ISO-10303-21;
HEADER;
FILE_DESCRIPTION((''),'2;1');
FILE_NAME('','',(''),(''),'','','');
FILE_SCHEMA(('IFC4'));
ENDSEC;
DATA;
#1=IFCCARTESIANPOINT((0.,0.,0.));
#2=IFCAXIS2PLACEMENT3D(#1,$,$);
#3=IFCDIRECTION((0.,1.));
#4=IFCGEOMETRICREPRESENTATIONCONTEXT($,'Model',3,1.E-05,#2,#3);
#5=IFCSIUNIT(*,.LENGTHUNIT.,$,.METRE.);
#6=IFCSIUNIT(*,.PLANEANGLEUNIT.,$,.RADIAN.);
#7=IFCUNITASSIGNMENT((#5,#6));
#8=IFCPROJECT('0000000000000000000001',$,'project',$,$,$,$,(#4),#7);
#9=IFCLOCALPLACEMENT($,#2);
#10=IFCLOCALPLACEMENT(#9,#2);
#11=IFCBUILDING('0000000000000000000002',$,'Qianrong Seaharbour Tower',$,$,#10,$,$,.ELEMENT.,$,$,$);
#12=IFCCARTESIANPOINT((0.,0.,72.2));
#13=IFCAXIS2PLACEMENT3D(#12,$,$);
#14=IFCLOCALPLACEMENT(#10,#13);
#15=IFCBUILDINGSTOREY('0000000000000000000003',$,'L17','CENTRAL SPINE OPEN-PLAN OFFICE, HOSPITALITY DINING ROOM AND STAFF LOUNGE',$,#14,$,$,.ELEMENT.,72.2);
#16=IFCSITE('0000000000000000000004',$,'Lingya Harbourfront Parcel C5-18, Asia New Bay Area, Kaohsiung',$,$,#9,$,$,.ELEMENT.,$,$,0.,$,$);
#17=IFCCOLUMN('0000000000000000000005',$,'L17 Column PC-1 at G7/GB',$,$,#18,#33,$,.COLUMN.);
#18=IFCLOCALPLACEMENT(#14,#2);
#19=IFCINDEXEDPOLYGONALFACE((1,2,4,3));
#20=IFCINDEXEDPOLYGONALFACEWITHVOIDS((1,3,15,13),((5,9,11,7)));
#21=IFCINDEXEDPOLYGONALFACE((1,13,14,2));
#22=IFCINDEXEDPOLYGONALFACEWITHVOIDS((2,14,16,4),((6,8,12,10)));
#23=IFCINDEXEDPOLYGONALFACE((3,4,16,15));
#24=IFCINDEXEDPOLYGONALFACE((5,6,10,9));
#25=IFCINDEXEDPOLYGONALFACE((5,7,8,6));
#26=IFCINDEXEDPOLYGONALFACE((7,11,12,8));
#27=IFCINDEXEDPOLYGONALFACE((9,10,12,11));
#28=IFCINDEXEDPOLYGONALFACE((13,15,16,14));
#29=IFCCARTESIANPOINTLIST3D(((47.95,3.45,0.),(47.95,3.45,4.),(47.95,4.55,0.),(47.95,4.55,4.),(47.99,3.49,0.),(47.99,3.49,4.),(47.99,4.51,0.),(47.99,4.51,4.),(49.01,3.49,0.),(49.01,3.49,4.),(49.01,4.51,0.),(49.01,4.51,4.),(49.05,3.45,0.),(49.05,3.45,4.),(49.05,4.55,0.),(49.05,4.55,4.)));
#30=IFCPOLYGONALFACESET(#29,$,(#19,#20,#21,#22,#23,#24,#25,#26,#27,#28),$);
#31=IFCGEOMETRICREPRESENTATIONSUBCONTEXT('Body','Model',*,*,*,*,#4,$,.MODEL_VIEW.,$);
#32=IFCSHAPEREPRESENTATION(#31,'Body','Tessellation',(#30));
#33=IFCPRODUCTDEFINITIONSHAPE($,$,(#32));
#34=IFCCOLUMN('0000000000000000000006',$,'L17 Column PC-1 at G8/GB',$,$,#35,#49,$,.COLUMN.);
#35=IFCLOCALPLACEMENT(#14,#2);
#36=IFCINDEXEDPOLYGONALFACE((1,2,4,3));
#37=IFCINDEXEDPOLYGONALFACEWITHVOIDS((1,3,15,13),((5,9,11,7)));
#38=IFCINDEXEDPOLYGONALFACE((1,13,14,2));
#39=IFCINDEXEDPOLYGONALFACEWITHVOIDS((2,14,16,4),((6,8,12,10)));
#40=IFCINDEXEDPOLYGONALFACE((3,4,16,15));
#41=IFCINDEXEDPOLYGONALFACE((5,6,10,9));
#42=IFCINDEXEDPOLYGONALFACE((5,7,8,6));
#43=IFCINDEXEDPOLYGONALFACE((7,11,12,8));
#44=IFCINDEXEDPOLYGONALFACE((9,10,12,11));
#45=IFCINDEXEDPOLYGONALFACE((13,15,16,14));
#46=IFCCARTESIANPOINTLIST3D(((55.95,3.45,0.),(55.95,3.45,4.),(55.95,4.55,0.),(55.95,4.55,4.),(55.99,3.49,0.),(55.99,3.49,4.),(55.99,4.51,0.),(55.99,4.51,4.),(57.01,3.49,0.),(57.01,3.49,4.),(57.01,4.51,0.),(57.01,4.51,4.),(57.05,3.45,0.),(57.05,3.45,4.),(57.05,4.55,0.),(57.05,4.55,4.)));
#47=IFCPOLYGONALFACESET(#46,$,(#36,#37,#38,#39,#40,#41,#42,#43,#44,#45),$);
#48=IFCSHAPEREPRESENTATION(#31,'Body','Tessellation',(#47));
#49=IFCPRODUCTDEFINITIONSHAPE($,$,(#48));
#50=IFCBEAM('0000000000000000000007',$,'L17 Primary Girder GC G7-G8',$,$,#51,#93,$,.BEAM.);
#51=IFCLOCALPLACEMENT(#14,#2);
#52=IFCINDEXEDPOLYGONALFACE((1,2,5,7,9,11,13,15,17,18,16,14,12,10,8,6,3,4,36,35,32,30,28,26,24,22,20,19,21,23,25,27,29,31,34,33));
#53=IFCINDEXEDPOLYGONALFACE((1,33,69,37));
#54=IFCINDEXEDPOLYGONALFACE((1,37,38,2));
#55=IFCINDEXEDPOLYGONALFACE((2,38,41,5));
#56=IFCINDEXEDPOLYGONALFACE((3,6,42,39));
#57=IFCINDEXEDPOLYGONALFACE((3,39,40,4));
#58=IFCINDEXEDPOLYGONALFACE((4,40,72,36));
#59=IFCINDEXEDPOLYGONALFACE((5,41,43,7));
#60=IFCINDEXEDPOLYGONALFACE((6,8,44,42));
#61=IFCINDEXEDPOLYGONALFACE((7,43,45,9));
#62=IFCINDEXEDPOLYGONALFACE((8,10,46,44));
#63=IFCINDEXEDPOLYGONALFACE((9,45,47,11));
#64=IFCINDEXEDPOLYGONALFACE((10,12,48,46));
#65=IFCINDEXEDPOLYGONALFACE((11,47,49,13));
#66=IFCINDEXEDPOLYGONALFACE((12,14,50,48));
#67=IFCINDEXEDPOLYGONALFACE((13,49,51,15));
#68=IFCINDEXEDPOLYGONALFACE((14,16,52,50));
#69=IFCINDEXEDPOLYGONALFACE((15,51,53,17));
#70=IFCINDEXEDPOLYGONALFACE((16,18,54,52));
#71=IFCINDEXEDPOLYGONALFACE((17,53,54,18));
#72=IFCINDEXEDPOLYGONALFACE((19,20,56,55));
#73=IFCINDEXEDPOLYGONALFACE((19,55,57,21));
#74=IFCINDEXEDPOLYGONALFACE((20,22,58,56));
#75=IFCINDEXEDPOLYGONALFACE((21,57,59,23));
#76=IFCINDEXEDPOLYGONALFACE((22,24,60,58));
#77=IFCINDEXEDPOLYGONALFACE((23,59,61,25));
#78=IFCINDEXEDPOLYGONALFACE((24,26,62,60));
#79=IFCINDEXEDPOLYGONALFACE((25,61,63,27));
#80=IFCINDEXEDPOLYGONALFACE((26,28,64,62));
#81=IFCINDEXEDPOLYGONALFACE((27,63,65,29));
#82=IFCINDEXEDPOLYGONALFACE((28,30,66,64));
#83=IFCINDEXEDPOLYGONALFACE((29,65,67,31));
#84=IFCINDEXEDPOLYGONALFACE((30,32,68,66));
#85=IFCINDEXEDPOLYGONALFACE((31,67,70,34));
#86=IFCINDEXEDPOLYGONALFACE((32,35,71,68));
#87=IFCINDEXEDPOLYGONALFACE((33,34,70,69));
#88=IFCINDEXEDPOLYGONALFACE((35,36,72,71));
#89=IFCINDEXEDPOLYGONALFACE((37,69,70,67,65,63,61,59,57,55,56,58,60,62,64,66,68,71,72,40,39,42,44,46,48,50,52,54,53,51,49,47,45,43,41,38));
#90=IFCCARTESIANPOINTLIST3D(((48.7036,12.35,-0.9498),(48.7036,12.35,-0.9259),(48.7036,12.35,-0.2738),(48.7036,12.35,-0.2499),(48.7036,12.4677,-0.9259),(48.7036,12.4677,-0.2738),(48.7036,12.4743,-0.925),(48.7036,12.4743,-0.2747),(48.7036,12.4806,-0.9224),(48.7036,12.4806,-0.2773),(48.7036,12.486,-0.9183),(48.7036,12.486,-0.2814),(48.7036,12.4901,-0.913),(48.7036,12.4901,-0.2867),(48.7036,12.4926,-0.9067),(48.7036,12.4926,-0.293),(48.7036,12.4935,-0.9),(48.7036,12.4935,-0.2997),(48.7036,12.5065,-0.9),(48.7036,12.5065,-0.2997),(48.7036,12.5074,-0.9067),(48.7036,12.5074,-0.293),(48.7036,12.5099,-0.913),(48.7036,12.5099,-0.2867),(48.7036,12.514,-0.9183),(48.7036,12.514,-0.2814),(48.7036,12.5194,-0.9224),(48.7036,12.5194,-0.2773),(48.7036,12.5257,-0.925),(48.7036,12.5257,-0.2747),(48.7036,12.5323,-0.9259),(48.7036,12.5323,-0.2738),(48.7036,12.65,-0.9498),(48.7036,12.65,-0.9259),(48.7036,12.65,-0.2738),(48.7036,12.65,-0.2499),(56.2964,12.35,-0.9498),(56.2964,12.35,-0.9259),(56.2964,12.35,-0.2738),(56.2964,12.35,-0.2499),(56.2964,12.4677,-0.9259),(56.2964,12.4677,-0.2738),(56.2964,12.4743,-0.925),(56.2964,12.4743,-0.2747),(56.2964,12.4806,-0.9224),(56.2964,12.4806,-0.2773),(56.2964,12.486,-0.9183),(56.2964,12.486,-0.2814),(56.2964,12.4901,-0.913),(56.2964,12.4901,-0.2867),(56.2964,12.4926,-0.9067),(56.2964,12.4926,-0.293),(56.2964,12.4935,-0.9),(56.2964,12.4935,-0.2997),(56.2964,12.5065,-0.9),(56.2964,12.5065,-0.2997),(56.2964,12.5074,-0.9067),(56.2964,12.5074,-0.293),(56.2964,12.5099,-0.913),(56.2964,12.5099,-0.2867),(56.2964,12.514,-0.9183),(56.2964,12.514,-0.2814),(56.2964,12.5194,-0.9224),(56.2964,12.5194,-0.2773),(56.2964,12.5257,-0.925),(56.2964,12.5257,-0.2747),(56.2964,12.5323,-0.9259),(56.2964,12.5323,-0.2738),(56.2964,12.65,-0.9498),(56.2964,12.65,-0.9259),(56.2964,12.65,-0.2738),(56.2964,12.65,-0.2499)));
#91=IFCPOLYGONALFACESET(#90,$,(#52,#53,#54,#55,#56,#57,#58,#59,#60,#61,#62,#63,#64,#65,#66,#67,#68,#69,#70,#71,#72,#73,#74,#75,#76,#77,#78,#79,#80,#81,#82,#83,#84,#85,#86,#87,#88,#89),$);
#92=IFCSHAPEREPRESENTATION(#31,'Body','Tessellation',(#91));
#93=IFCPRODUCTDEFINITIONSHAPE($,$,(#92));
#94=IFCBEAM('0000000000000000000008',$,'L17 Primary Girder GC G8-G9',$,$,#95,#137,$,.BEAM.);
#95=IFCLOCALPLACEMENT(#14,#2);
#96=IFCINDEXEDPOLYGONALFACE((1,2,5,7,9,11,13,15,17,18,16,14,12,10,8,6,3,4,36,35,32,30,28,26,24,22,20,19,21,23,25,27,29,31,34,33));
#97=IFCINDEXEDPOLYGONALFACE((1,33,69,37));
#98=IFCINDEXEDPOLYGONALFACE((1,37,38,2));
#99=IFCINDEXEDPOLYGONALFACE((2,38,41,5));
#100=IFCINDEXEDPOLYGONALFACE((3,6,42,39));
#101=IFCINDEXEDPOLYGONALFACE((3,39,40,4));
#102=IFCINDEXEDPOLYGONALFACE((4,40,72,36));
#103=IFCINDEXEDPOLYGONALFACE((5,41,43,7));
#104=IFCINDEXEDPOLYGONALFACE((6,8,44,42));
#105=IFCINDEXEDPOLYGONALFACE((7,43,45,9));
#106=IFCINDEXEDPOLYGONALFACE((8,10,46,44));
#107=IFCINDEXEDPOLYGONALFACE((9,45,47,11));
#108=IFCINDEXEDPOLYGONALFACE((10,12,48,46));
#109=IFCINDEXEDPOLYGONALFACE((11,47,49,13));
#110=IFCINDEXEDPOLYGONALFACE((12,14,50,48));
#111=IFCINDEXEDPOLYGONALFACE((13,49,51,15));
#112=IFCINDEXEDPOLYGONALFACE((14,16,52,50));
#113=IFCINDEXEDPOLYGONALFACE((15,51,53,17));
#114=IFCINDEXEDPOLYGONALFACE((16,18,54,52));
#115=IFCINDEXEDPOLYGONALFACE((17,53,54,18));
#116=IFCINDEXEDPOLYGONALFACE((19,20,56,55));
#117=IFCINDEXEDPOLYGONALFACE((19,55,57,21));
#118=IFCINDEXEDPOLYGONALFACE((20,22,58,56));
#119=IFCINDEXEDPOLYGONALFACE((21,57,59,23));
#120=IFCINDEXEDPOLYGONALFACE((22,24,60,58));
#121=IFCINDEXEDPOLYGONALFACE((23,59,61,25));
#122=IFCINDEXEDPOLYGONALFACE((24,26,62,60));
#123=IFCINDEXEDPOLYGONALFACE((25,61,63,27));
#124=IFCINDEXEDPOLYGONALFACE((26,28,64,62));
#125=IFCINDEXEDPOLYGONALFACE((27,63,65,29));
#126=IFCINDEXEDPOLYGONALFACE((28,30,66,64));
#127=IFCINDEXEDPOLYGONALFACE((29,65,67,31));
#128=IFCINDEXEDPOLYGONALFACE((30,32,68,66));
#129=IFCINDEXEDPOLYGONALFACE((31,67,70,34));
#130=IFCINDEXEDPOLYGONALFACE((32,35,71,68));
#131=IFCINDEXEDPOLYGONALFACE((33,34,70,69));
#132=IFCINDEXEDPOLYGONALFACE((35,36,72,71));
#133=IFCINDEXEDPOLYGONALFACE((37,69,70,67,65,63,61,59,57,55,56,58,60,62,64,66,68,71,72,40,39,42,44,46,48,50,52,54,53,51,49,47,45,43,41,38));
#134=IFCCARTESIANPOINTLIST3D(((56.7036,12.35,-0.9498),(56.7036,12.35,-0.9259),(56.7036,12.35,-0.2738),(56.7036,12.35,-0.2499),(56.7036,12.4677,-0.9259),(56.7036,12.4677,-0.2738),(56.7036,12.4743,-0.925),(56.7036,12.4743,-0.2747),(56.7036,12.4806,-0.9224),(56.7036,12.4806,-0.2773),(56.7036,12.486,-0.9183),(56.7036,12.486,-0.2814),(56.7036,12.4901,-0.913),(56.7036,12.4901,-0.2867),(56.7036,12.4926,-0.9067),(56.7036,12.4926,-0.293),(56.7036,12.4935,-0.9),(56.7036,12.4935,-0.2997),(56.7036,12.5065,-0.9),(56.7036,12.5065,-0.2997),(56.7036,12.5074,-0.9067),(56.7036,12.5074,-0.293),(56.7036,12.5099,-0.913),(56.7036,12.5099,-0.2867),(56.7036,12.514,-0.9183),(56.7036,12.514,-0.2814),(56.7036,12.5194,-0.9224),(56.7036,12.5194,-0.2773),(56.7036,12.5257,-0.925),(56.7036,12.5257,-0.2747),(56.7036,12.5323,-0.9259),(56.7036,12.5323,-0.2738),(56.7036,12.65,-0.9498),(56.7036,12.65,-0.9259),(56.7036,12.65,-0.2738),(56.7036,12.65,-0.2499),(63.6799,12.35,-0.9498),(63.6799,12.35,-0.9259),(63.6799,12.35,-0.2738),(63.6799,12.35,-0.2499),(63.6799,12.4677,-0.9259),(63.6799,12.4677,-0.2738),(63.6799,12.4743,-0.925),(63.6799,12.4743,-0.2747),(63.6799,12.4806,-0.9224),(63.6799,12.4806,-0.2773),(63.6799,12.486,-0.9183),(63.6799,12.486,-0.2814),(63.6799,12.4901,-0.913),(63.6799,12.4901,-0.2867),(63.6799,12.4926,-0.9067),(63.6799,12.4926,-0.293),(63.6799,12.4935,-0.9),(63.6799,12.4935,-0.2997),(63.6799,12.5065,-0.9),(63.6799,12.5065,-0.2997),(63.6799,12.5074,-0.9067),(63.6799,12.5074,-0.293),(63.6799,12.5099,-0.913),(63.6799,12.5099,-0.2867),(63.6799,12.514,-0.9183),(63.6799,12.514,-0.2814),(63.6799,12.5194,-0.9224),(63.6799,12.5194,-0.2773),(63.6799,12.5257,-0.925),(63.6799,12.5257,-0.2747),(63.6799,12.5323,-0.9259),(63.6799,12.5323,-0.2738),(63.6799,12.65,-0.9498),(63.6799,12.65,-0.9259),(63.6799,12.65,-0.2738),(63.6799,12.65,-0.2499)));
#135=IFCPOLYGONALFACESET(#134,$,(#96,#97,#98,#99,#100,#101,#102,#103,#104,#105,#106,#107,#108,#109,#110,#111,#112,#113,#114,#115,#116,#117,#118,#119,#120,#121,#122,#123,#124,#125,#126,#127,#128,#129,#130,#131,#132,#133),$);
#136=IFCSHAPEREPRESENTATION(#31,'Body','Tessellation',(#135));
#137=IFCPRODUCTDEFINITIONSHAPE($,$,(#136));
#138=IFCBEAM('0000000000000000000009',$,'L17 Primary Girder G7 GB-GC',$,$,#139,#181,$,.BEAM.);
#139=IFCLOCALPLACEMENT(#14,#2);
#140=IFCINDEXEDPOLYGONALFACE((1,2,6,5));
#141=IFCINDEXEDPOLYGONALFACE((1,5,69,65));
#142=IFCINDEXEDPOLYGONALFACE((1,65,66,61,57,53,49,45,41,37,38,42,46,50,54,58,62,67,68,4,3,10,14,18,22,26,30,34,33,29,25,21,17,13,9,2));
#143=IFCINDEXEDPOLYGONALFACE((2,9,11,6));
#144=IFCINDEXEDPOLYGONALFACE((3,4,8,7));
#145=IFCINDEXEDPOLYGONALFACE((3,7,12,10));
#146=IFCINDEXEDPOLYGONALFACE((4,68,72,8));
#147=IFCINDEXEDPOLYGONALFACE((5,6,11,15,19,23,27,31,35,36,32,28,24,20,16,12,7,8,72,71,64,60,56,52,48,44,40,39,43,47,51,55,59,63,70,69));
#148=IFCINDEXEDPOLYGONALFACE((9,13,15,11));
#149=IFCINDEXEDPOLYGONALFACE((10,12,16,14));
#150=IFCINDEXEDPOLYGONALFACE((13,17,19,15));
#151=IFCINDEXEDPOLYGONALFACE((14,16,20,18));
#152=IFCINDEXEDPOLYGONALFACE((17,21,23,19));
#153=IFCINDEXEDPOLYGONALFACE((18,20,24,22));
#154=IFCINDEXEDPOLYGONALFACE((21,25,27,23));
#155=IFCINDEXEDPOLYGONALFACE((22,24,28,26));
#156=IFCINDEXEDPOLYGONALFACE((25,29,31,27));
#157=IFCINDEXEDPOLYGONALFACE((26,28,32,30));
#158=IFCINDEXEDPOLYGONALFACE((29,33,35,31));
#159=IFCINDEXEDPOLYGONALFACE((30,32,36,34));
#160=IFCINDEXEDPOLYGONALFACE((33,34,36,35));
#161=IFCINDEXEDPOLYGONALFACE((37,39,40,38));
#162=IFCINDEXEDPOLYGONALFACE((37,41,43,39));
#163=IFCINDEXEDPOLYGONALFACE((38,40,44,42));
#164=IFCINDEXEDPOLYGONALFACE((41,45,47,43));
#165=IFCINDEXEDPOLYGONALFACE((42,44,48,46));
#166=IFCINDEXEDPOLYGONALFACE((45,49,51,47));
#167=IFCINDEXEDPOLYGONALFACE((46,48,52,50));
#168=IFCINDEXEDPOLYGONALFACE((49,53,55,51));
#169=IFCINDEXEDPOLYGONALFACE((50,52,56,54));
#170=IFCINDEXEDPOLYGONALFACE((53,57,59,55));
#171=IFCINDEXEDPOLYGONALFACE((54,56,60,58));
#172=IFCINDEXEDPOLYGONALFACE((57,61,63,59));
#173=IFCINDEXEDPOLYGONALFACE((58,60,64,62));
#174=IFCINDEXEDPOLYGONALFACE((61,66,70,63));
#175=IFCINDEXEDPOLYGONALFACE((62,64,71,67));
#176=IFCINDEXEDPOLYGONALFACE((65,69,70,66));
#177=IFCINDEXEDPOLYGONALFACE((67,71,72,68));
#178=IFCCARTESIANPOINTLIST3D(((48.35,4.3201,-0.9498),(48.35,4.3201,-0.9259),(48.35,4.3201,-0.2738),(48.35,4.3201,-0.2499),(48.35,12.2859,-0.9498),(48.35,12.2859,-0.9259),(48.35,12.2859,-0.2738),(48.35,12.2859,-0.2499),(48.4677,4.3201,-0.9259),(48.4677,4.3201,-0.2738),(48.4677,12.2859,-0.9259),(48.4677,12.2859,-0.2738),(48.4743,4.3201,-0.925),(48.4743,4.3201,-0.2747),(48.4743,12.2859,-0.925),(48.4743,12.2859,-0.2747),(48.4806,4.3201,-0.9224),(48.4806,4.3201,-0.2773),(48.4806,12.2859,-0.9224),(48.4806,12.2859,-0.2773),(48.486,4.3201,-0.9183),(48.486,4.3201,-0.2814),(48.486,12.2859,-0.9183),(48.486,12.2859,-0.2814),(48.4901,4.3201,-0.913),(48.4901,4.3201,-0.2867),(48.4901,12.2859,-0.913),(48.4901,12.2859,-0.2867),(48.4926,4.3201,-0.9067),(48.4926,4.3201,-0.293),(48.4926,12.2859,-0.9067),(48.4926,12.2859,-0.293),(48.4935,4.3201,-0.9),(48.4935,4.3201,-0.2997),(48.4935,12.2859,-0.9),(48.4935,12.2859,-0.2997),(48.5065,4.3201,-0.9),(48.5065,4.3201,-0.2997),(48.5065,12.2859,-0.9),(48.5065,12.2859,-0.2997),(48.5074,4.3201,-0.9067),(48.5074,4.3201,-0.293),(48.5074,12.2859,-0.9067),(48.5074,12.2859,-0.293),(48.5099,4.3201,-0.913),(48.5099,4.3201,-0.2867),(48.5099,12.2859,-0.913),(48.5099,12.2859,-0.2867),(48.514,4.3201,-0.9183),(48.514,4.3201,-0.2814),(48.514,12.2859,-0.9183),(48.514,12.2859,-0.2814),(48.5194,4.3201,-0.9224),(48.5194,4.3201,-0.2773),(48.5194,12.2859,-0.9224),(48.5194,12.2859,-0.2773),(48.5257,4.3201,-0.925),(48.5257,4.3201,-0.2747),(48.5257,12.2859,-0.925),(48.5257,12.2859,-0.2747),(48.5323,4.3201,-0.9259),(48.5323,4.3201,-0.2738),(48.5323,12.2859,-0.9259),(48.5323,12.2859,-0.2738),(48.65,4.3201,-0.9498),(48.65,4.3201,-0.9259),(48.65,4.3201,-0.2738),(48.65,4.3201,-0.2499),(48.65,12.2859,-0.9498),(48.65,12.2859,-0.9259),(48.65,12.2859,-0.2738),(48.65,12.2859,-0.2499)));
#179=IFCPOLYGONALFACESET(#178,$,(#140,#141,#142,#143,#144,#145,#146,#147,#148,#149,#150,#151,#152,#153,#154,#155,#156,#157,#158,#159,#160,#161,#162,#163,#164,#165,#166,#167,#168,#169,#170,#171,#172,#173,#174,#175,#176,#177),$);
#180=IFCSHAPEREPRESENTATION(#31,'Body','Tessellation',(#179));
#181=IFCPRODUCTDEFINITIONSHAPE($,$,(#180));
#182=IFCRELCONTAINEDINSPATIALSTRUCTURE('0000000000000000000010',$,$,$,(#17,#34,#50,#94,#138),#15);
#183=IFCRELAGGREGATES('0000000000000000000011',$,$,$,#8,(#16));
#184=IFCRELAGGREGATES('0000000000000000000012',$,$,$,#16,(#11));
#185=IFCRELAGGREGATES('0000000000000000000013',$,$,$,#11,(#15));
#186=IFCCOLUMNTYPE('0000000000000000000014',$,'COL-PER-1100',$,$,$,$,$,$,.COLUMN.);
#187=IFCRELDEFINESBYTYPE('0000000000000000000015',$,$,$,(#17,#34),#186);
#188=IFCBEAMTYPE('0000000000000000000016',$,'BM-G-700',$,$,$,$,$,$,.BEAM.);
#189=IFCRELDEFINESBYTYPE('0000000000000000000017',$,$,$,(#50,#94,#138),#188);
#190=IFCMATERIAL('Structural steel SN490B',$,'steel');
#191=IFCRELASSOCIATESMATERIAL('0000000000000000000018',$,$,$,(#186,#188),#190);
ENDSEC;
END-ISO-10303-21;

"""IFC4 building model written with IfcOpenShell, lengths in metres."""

from ifc_helpers import new_model, si_unit, direction, frame, origin, origin_2d, place, context, subcontext, project, spatial, hollow_rectangle, i_section, extrude, material, material_profile, profile_set, type_object, element, save


model = new_model("IFC4")

# Units and contexts
model_context = context("Model", 3, precision=1e-05, world=origin(), true_north=direction((0.0, 1.0)))
body_context = subcontext(model_context, "Body", "Model", "MODEL_VIEW")
ifc_project = project(units=[si_unit("LENGTHUNIT", "METRE"), si_unit("PLANEANGLEUNIT", "RADIAN")], contexts=[model_context])

# Site, building, storey
site_placement = place(None, origin())
site = spatial("IfcSite", under=ifc_project, at=site_placement, Name="Lingya Harbourfront Parcel C5-18, Asia New Bay Area, Kaohsiung", CompositionType="ELEMENT", RefElevation=0.0)
building_placement = place(site_placement, origin())
building = spatial("IfcBuilding", under=site, at=building_placement, Name="Qianrong Seaharbour Tower", CompositionType="ELEMENT")
storey_placement = place(building_placement, frame((0.0, 0.0, 72.2)))
storey = spatial("IfcBuildingStorey", under=building, at=storey_placement, Name="L17", Description="CENTRAL SPINE OPEN-PLAN OFFICE, HOSPITALITY DINING ROOM AND STAFF LOUNGE", CompositionType="ELEMENT", Elevation=72.2)

# Columns
ifc_material_1 = material(Name="Structural steel SN490B", Category="steel")
ifc_material_profile_1 = material_profile(ifc_material_1, hollow_rectangle(XDim=1.1001, YDim=1.1001, WallThickness=0.04, at=origin_2d()), Name="BOX1100x1100x40")
ifc_profile_set_1 = profile_set([ifc_material_profile_1], Name="Structural steel SN490B")
column_type_1 = type_object("IfcColumnType", Name="COL-PER-1100", PredefinedType="COLUMN", material=ifc_profile_set_1)
for number, where, z_axis, x_axis, name in (
    (1, (48.5, 4.0, 0.0), (0.0, 0.0, 1.0), (1.0, 0.0, 0.0), "L17 Column PC-1 at G7/GB"),
    (2, (56.5, 4.0, 0.0), (0.0, 0.0, 1.0), (1.0, 0.0, 0.0), "L17 Column PC-1 at G8/GB"),
):
    element("IfcColumn", number, at=place(storey_placement, frame(where, z_axis=z_axis, x_axis=x_axis)), inside=storey, type_object=column_type_1, Name=name, PredefinedType="COLUMN", context=body_context, shape_type="SweptSolid", body=[
        extrude(hollow_rectangle(XDim=1.1001, YDim=1.1001, WallThickness=0.04, at=origin_2d()), origin(), (0.0, 0.0, 1.0), 4.0),
    ])

# Beams
ifc_material_profile_2 = material_profile(ifc_material_1, i_section(OverallWidth=0.3, OverallDepth=0.7, WebThickness=0.0129, FlangeThickness=0.0239, FilletRadius=0.0259, at=origin_2d()), Name="H700x300x13x24")
ifc_profile_set_2 = profile_set([ifc_material_profile_2], Name="Structural steel SN490B")
beam_type_1 = type_object("IfcBeamType", Name="BM-G-700", PredefinedType="BEAM", material=ifc_profile_set_2)
beam_1_placement = place(storey_placement, frame((48.7036, 12.5, -0.5999), z_axis=(1.0, 0.0, 0.0), x_axis=(0.0, 1.0, 0.0)))
element("IfcBeam", 3, at=beam_1_placement, inside=storey, type_object=beam_type_1, Name="L17 Primary Girder GC G7-G8", PredefinedType="BEAM", context=body_context, shape_type="SweptSolid", body=[
    extrude(i_section(OverallWidth=0.3, OverallDepth=0.7, WebThickness=0.0129, FlangeThickness=0.0239, FilletRadius=0.0259, at=origin_2d()), origin(), (0.0, 0.0, 1.0), 7.5928),
])
beam_2_placement = place(storey_placement, frame((56.7036, 12.5, -0.5999), z_axis=(1.0, 0.0, 0.0), x_axis=(0.0, 1.0, 0.0)))
element("IfcBeam", 4, at=beam_2_placement, inside=storey, type_object=beam_type_1, Name="L17 Primary Girder GC G8-G9", PredefinedType="BEAM", context=body_context, shape_type="SweptSolid", body=[
    extrude(i_section(OverallWidth=0.3, OverallDepth=0.7, WebThickness=0.0129, FlangeThickness=0.0239, FilletRadius=0.0259, at=origin_2d()), origin(), (0.0, 0.0, 1.0), 6.9763),
])
beam_3_placement = place(storey_placement, frame((48.5, 4.3201, -0.5999), z_axis=(0.0, 1.0, 0.0), x_axis=(-1.0, 0.0, 0.0)))
element("IfcBeam", 5, at=beam_3_placement, inside=storey, type_object=beam_type_1, Name="L17 Primary Girder G7 GB-GC", PredefinedType="BEAM", context=body_context, shape_type="SweptSolid", body=[
    extrude(i_section(OverallWidth=0.3, OverallDepth=0.7, WebThickness=0.0129, FlangeThickness=0.0239, FilletRadius=0.0259, at=origin_2d()), origin(), (0.0, 0.0, 1.0), 7.9658),
])

save(model, "model.ifc")
